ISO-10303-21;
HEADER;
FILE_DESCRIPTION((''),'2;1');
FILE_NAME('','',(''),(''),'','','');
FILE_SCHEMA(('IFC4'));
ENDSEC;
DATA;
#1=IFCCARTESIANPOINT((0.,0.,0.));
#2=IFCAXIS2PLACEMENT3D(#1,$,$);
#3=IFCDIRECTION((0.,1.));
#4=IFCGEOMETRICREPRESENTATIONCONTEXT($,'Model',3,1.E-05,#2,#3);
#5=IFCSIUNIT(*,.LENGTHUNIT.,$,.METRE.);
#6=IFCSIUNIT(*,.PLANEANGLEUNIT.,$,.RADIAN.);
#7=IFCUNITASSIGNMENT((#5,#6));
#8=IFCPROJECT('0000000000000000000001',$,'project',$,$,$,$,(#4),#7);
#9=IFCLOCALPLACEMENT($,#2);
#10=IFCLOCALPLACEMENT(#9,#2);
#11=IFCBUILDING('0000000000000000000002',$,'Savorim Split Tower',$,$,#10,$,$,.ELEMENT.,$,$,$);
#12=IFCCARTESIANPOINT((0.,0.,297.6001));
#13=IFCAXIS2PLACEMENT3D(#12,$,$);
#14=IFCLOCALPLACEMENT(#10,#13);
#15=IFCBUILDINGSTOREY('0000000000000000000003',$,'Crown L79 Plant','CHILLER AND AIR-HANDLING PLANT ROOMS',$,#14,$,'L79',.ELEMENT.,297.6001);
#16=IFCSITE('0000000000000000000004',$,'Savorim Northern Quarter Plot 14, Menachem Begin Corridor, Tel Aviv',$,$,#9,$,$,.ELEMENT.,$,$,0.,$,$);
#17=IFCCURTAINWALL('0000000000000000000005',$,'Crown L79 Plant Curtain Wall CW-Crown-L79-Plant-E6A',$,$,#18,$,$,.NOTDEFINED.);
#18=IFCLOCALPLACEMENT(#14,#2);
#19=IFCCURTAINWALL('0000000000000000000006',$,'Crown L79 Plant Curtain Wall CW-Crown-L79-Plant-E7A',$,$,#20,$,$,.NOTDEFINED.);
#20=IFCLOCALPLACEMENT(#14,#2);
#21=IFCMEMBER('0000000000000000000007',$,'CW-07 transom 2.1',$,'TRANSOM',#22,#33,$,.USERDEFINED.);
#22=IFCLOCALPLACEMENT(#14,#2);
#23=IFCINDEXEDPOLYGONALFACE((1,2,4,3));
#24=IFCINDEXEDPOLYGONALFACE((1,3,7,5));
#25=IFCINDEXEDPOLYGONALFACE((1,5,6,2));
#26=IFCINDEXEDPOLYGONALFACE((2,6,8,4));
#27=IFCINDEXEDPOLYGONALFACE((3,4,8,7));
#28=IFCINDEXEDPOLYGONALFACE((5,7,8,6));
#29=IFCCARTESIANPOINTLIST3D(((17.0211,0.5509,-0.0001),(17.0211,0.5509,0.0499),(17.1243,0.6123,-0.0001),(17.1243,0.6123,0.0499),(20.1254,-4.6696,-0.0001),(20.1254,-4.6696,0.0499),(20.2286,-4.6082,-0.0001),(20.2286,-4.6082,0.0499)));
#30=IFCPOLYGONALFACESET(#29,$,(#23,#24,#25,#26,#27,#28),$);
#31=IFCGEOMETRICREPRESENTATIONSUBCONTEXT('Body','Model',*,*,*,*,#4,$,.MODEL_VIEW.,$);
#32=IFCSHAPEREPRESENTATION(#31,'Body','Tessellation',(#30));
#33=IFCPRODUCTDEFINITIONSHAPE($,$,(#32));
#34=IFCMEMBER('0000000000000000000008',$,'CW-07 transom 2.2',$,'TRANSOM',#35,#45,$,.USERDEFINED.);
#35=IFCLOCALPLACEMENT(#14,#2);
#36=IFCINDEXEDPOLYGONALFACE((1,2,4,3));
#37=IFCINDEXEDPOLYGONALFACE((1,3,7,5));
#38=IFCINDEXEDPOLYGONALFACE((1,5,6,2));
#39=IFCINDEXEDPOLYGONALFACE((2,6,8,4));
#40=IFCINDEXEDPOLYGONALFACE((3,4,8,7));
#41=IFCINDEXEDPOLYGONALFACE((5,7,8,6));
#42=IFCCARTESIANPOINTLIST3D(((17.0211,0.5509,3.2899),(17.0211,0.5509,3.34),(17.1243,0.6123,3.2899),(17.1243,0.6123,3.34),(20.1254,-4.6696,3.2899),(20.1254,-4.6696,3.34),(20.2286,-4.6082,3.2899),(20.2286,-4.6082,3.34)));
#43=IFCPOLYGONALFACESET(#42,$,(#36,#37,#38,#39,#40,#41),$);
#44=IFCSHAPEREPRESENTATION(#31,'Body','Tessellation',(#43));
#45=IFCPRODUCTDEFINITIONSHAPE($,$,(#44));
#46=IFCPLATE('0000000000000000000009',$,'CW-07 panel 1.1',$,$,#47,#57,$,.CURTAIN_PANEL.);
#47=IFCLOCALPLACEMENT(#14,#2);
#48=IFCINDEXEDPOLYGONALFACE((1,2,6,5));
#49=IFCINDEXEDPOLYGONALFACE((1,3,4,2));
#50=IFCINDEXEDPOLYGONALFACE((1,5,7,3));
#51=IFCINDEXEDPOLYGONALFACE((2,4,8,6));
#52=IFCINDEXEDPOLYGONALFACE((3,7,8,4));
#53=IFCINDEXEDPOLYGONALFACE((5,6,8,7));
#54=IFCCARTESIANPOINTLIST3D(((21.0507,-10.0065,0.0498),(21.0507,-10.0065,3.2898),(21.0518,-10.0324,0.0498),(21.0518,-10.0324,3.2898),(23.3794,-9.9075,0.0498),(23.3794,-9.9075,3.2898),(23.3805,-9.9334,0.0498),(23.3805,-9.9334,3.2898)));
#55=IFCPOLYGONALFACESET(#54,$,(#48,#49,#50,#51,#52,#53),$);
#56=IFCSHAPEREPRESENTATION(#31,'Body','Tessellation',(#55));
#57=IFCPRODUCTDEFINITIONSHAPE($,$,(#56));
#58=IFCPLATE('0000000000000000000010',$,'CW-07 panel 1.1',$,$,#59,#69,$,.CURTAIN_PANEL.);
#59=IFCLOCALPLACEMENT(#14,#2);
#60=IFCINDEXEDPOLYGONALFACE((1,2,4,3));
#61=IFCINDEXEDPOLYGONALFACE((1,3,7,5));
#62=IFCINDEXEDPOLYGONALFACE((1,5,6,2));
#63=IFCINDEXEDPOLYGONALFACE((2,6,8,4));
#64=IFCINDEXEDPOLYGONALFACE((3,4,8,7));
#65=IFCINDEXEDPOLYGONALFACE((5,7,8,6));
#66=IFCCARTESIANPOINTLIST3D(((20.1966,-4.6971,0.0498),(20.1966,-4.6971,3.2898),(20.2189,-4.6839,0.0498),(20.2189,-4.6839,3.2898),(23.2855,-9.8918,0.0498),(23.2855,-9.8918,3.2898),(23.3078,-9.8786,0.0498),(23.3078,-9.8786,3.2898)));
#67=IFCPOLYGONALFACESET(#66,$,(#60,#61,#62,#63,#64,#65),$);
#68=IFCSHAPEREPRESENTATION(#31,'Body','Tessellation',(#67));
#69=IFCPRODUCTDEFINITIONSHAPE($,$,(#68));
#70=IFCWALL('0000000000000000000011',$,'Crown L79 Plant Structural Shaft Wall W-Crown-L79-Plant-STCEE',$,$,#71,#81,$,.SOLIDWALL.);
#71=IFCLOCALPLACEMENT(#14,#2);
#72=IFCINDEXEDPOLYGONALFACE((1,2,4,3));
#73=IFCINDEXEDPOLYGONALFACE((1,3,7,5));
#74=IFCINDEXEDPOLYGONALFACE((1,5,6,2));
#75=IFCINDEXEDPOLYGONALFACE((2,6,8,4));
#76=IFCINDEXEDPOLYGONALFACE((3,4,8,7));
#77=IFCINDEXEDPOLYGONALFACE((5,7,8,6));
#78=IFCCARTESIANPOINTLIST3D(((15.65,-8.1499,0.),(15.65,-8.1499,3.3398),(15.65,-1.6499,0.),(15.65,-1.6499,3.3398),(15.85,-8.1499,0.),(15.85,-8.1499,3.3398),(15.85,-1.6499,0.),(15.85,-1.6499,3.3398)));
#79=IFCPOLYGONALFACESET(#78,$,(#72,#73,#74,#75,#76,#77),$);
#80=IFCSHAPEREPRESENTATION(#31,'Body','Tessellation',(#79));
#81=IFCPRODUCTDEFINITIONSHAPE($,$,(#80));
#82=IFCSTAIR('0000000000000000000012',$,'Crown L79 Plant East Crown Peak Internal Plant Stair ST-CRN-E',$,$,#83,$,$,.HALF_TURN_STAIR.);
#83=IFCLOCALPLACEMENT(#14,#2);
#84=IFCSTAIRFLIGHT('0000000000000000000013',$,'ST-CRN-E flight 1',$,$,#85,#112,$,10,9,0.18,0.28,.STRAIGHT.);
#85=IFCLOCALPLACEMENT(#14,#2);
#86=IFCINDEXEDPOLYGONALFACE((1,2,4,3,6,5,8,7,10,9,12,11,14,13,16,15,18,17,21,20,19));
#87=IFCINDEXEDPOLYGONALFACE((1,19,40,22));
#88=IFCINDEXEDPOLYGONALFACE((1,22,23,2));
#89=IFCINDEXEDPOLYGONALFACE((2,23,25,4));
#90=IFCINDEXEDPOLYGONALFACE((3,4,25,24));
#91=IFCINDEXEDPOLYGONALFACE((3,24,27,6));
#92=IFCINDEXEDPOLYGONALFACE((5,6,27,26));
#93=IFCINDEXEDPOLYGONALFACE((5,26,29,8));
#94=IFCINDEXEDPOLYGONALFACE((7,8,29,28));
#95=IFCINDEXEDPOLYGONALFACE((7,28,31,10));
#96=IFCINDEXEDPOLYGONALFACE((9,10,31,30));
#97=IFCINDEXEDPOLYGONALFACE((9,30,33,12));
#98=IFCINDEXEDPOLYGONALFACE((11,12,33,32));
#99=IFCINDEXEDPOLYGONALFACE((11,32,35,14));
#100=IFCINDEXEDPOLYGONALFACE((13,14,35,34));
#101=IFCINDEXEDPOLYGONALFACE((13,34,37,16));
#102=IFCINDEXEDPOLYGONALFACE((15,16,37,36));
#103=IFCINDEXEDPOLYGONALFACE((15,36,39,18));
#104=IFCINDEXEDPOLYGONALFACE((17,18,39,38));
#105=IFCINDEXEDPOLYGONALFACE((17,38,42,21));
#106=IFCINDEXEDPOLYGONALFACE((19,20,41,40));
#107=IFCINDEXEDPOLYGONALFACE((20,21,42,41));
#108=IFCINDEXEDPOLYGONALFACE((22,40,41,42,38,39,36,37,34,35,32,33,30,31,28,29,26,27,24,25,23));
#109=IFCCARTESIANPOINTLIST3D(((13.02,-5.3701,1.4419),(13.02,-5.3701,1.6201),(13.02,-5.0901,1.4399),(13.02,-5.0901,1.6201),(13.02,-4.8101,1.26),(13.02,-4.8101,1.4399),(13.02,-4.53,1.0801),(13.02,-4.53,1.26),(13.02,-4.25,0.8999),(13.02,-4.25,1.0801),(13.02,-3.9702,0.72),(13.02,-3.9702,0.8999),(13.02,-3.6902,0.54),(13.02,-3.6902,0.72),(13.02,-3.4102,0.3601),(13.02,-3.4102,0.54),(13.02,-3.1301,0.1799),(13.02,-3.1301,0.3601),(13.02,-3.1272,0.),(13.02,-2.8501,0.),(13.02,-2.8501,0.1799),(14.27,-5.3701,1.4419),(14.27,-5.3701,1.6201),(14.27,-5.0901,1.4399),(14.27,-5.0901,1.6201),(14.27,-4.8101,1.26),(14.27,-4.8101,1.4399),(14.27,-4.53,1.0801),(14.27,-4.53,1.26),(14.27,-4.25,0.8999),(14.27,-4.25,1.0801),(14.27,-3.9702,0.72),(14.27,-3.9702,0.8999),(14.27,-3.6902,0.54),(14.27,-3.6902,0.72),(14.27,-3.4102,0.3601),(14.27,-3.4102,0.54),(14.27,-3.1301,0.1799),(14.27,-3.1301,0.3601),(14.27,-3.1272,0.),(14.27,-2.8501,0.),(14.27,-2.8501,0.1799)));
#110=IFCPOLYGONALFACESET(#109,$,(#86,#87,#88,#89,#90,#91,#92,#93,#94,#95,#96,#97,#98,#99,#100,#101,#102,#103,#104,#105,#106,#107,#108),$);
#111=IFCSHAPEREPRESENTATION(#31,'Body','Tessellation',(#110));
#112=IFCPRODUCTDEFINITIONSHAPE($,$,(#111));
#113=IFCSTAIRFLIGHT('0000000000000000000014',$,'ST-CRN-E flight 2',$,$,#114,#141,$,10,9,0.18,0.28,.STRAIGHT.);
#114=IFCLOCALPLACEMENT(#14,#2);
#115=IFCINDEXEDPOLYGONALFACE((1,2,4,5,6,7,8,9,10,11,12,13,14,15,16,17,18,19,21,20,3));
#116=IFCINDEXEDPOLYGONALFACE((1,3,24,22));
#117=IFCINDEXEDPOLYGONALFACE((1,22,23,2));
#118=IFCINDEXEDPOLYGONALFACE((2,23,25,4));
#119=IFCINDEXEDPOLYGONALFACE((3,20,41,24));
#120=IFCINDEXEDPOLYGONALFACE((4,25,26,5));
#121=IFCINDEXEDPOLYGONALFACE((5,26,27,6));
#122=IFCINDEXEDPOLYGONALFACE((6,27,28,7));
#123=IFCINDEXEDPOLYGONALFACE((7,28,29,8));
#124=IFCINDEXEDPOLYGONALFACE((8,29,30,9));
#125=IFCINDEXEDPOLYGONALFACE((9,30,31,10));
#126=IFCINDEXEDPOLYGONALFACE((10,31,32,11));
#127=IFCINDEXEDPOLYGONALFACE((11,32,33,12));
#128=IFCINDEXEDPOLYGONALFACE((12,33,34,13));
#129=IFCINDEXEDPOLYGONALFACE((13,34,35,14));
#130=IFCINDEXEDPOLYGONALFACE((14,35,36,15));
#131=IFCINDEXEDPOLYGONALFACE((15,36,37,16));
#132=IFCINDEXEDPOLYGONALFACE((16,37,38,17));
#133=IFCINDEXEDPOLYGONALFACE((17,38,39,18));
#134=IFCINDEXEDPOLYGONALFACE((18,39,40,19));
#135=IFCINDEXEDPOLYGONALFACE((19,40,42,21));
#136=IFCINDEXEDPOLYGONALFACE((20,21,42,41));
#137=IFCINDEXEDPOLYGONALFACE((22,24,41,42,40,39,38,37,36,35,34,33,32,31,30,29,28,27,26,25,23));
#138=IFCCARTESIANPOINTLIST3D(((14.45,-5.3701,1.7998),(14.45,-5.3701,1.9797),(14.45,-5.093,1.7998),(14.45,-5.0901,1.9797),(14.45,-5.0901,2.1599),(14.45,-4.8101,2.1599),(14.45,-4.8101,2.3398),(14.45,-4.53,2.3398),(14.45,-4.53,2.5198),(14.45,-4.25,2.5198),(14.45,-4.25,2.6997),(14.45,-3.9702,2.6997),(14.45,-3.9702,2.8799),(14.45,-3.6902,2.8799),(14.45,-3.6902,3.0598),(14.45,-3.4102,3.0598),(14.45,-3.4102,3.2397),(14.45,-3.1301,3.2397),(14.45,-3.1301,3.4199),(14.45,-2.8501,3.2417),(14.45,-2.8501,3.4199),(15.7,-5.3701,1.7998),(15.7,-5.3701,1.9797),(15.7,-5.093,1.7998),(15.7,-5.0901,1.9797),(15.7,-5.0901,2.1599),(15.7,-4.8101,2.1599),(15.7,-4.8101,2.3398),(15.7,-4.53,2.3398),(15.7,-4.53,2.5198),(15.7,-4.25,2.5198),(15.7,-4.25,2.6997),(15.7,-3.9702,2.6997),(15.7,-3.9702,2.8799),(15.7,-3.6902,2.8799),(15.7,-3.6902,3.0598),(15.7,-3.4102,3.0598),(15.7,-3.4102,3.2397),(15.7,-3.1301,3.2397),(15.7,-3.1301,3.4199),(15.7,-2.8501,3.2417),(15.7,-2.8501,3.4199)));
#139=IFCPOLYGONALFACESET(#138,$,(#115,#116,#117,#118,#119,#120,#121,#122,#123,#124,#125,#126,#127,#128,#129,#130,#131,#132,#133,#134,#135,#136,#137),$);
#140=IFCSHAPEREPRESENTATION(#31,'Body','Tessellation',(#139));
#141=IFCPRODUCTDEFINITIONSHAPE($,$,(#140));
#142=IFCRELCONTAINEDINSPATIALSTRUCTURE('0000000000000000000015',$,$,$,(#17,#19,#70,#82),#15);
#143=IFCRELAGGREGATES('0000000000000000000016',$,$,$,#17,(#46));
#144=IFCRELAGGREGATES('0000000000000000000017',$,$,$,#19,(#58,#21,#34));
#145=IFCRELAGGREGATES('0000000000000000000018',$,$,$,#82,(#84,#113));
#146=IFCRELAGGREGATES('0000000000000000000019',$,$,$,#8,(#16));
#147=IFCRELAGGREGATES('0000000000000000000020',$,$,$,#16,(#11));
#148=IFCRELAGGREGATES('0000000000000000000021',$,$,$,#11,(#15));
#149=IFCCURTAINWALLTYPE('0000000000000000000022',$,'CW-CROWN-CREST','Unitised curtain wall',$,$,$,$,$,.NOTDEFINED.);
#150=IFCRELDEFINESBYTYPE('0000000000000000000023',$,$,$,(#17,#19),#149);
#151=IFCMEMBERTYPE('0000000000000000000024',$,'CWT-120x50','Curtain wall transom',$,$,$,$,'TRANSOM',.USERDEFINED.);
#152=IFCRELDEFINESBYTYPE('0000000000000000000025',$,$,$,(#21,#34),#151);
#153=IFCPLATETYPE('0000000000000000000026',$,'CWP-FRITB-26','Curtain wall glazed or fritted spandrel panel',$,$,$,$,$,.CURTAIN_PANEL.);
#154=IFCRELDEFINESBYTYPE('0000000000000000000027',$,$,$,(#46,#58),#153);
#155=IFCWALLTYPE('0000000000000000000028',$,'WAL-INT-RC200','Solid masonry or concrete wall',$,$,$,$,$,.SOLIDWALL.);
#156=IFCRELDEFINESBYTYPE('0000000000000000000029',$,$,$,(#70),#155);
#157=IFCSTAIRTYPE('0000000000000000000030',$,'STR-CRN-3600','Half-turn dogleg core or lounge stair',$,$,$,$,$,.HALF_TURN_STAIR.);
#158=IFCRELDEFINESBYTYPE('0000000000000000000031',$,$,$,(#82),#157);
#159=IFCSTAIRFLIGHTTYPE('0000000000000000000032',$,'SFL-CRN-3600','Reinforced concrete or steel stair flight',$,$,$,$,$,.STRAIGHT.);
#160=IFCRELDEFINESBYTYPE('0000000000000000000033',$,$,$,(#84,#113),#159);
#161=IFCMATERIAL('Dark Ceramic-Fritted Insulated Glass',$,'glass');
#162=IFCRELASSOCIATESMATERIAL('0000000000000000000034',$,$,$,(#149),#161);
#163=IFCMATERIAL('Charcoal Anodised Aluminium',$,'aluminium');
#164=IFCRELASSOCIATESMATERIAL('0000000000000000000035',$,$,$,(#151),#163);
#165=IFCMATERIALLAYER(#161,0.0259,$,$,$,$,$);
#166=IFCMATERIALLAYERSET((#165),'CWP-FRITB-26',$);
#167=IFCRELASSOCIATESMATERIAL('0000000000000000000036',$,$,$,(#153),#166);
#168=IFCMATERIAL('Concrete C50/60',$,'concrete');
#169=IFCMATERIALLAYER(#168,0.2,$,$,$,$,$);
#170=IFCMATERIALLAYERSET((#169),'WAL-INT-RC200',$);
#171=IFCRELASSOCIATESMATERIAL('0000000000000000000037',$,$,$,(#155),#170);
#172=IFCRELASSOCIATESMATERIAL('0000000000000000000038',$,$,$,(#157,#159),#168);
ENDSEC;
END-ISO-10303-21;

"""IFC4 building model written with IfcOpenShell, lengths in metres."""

from ifc_helpers import new_model, si_unit, direction, frame, frame_2d, origin, origin_2d, place, context, subcontext, project, spatial, polyline, rectangle, outline, extrude, material, layer, layer_set, material_profile, profile_set, type_object, element, aggregate, save


model = new_model("IFC4")

# Units and contexts
model_context = context("Model", 3, precision=1e-05, world=origin(), true_north=direction((0.0, 1.0)))
body_context = subcontext(model_context, "Body", "Model", "MODEL_VIEW")
ifc_project = project(units=[si_unit("LENGTHUNIT", "METRE"), si_unit("PLANEANGLEUNIT", "RADIAN")], contexts=[model_context])

# Site, building, storey
site_placement = place(None, origin())
site = spatial("IfcSite", under=ifc_project, at=site_placement, Name="Savorim Northern Quarter Plot 14, Menachem Begin Corridor, Tel Aviv", CompositionType="ELEMENT", RefElevation=0.0)
building_placement = place(site_placement, origin())
building = spatial("IfcBuilding", under=site, at=building_placement, Name="Savorim Split Tower", CompositionType="ELEMENT")
storey_placement = place(building_placement, frame((0.0, 0.0, 297.6001)))
storey = spatial("IfcBuildingStorey", under=building, at=storey_placement, Name="Crown L79 Plant", Description="CHILLER AND AIR-HANDLING PLANT ROOMS", LongName="L79", CompositionType="ELEMENT", Elevation=297.6001)

# Curtain wall
ifc_material_1 = material(Name="Dark Ceramic-Fritted Insulated Glass", Category="glass")
curtain_wall_type = type_object("IfcCurtainWallType", Name="CW-CROWN-CREST", Description="Unitised curtain wall", PredefinedType="NOTDEFINED", material=ifc_material_1)
curtain_wall_1_placement = place(storey_placement, origin())
curtain_wall_1 = element("IfcCurtainWall", 1, at=curtain_wall_1_placement, inside=storey, type_object=curtain_wall_type, Name="Crown L79 Plant Curtain Wall CW-Crown-L79-Plant-E6A", PredefinedType="NOTDEFINED")
ifc_material_2 = material(Name="Charcoal Anodised Aluminium", Category="aluminium")

# Curtain wall
curtain_wall_2_placement = place(storey_placement, origin())
curtain_wall_2 = element("IfcCurtainWall", 2, at=curtain_wall_2_placement, inside=storey, type_object=curtain_wall_type, Name="Crown L79 Plant Curtain Wall CW-Crown-L79-Plant-E7A", PredefinedType="NOTDEFINED")

# Members
ifc_material_profile_1 = material_profile(ifc_material_2, rectangle(XDim=0.1201, YDim=0.05, at=origin_2d()), Name="ALU-T 120x50")
ifc_profile_set_1 = profile_set([ifc_material_profile_1], Name="Charcoal Anodised Aluminium")
member_type_1 = type_object("IfcMemberType", Name="CWT-120x50", Description="Curtain wall transom", ElementType="TRANSOM", PredefinedType="USERDEFINED", material=ifc_profile_set_1)
member_1_placement = place(storey_placement, frame((20.177, -4.6389, 0.0249), z_axis=(-0.511099, 0.859522, 0.0), x_axis=(-0.859522, -0.511099, 0.0)))
member_1 = element("IfcMember", 3, at=member_1_placement, type_object=member_type_1, Name="CW-07 transom 2.1", ObjectType="TRANSOM", PredefinedType="USERDEFINED", context=body_context, shape_type="SweptSolid", body=[
    extrude(rectangle(XDim=0.1201, YDim=0.05, at=origin_2d()), origin(), (0.0, 0.0, 1.0), 6.0737),
])
member_2_placement = place(storey_placement, frame((20.177, -4.6389, 3.3149), z_axis=(-0.511099, 0.859522, 0.0), x_axis=(-0.859522, -0.511099, 0.0)))
member_2 = element("IfcMember", 4, at=member_2_placement, type_object=member_type_1, Name="CW-07 transom 2.2", ObjectType="TRANSOM", PredefinedType="USERDEFINED", context=body_context, shape_type="SweptSolid", body=[
    extrude(rectangle(XDim=0.1201, YDim=0.05, at=origin_2d()), origin(), (0.0, 0.0, 1.0), 6.0737),
])

# Plates
ifc_layer_1 = layer(ifc_material_1, 0.0259)
ifc_layer_set_1 = layer_set([ifc_layer_1], Name="CWP-FRITB-26")
plate_type = type_object("IfcPlateType", Name="CWP-FRITB-26", Description="Curtain wall glazed or fritted spandrel panel", PredefinedType="CURTAIN_PANEL", material=ifc_layer_set_1)
plate_1_placement = place(storey_placement, frame((22.2156, -9.97, 0.0498), z_axis=(0.0, 0.0, 1.0), x_axis=(0.999097, 0.042476, 0.0)))
plate_1 = element("IfcPlate", 5, at=plate_1_placement, type_object=plate_type, Name="CW-07 panel 1.1", PredefinedType="CURTAIN_PANEL", context=body_context, shape_type="SweptSolid", body=[
    extrude(rectangle(XDim=2.3308, YDim=0.0259, at=origin_2d()), origin(), (0.0, 0.0, 1.0), 3.24),
])
aggregate(curtain_wall_1, [plate_1])
plate_2_placement = place(storey_placement, frame((21.7522, -7.2878, 0.0498), z_axis=(0.0, 0.0, 1.0), x_axis=(-0.511094, 0.859525, 0.0)))
plate_2 = element("IfcPlate", 6, at=plate_2_placement, type_object=plate_type, Name="CW-07 panel 1.1", PredefinedType="CURTAIN_PANEL", context=body_context, shape_type="SweptSolid", body=[
    extrude(rectangle(XDim=6.0437, YDim=0.0259, at=origin_2d()), origin(), (0.0, 0.0, 1.0), 3.24),
])
aggregate(curtain_wall_2, [plate_2, member_1, member_2])

# Wall
ifc_material_3 = material(Name="Concrete C50/60", Category="concrete")
ifc_layer_2 = layer(ifc_material_3, 0.2)
ifc_layer_set_2 = layer_set([ifc_layer_2], Name="WAL-INT-RC200")
wall_type = type_object("IfcWallType", Name="WAL-INT-RC200", Description="Solid masonry or concrete wall", PredefinedType="SOLIDWALL", material=ifc_layer_set_2)
wall_placement = place(storey_placement, frame((15.75, -8.1499, 0.0), z_axis=(0.0, 0.0, 1.0), x_axis=(0.0, 1.0, 0.0)))
element("IfcWall", 7, at=wall_placement, inside=storey, type_object=wall_type, Name="Crown L79 Plant Structural Shaft Wall W-Crown-L79-Plant-STCEE", PredefinedType="SOLIDWALL", context=body_context, shape_type="SweptSolid", body=[
    extrude(rectangle(XDim=6.5, YDim=0.2, at=frame_2d((3.25, 0.0))), origin(), (0.0, 0.0, 1.0), 3.3398),
])

# Stair, stair flights
stair_type = type_object("IfcStairType", Name="STR-CRN-3600", Description="Half-turn dogleg core or lounge stair", PredefinedType="HALF_TURN_STAIR", material=ifc_material_3)
stair_placement = place(storey_placement, origin())
stair = element("IfcStair", 8, at=stair_placement, inside=storey, type_object=stair_type, Name="Crown L79 Plant East Crown Peak Internal Plant Stair ST-CRN-E", PredefinedType="HALF_TURN_STAIR")
stair_flight_type = type_object("IfcStairFlightType", Name="SFL-CRN-3600", Description="Reinforced concrete or steel stair flight", PredefinedType="STRAIGHT", material=ifc_material_3)
stair_flight_1_placement = place(storey_placement, frame((13.645, -2.8501, 0.0), z_axis=(0.0, 0.0, 1.0), x_axis=(0.0, -1.0, 0.0)))
stair_flight_1 = element("IfcStairFlight", 9, at=stair_flight_1_placement, type_object=stair_flight_type, Name="ST-CRN-E flight 1", NumberOfRisers=10, NumberOfTreads=9, PredefinedType="STRAIGHT", RiserHeight=0.18, TreadLength=0.28, context=body_context, shape_type="SweptSolid", body=[
    extrude(outline(polyline([(0.0, 0.0), (0.0, 0.1799), (0.28, 0.1799), (0.28, 0.3601), (0.5601, 0.3601), (0.5601, 0.54), (0.8401, 0.54), (0.8401, 0.72), (1.1201, 0.72), (1.1201, 0.8999), (1.3999, 0.8999), (1.3999, 1.0801), (1.6799, 1.0801), (1.6799, 1.26), (1.96, 1.26), (1.96, 1.4399), (2.24, 1.4399), (2.24, 1.6201), (2.52, 1.6201), (2.52, 1.8), (2.52, 1.4419), (0.2771, 0.0), (0.0, 0.0)])), frame((0.0, 0.625, 0.0), z_axis=(0.0, -1.0, 0.0), x_axis=(1.0, 0.0, 0.0)), (0.0, 0.0, 1.0), 1.25),
])
stair_flight_2_placement = place(storey_placement, frame((15.075, -5.3701, 1.7998), z_axis=(0.0, 0.0, 1.0), x_axis=(0.0, 1.0, 0.0)))
stair_flight_2 = element("IfcStairFlight", 10, at=stair_flight_2_placement, type_object=stair_flight_type, Name="ST-CRN-E flight 2", NumberOfRisers=10, NumberOfTreads=9, PredefinedType="STRAIGHT", RiserHeight=0.18, TreadLength=0.28, context=body_context, shape_type="SweptSolid", body=[
    extrude(outline(polyline([(0.0, 0.0), (0.0, 0.1799), (0.28, 0.1799), (0.28, 0.3601), (0.5601, 0.3601), (0.5601, 0.54), (0.8401, 0.54), (0.8401, 0.72), (1.1201, 0.72), (1.1201, 0.8999), (1.3999, 0.8999), (1.3999, 1.0801), (1.6799, 1.0801), (1.6799, 1.26), (1.96, 1.26), (1.96, 1.4399), (2.24, 1.4399), (2.24, 1.6201), (2.52, 1.6201), (2.52, 1.8), (2.52, 1.4419), (0.2771, 0.0), (0.0, 0.0)])), frame((0.0, 0.625, 0.0), z_axis=(0.0, -1.0, 0.0), x_axis=(1.0, 0.0, 0.0)), (0.0, 0.0, 1.0), 1.25),
])
aggregate(stair, [stair_flight_1, stair_flight_2])

save(model, "model.ifc")
